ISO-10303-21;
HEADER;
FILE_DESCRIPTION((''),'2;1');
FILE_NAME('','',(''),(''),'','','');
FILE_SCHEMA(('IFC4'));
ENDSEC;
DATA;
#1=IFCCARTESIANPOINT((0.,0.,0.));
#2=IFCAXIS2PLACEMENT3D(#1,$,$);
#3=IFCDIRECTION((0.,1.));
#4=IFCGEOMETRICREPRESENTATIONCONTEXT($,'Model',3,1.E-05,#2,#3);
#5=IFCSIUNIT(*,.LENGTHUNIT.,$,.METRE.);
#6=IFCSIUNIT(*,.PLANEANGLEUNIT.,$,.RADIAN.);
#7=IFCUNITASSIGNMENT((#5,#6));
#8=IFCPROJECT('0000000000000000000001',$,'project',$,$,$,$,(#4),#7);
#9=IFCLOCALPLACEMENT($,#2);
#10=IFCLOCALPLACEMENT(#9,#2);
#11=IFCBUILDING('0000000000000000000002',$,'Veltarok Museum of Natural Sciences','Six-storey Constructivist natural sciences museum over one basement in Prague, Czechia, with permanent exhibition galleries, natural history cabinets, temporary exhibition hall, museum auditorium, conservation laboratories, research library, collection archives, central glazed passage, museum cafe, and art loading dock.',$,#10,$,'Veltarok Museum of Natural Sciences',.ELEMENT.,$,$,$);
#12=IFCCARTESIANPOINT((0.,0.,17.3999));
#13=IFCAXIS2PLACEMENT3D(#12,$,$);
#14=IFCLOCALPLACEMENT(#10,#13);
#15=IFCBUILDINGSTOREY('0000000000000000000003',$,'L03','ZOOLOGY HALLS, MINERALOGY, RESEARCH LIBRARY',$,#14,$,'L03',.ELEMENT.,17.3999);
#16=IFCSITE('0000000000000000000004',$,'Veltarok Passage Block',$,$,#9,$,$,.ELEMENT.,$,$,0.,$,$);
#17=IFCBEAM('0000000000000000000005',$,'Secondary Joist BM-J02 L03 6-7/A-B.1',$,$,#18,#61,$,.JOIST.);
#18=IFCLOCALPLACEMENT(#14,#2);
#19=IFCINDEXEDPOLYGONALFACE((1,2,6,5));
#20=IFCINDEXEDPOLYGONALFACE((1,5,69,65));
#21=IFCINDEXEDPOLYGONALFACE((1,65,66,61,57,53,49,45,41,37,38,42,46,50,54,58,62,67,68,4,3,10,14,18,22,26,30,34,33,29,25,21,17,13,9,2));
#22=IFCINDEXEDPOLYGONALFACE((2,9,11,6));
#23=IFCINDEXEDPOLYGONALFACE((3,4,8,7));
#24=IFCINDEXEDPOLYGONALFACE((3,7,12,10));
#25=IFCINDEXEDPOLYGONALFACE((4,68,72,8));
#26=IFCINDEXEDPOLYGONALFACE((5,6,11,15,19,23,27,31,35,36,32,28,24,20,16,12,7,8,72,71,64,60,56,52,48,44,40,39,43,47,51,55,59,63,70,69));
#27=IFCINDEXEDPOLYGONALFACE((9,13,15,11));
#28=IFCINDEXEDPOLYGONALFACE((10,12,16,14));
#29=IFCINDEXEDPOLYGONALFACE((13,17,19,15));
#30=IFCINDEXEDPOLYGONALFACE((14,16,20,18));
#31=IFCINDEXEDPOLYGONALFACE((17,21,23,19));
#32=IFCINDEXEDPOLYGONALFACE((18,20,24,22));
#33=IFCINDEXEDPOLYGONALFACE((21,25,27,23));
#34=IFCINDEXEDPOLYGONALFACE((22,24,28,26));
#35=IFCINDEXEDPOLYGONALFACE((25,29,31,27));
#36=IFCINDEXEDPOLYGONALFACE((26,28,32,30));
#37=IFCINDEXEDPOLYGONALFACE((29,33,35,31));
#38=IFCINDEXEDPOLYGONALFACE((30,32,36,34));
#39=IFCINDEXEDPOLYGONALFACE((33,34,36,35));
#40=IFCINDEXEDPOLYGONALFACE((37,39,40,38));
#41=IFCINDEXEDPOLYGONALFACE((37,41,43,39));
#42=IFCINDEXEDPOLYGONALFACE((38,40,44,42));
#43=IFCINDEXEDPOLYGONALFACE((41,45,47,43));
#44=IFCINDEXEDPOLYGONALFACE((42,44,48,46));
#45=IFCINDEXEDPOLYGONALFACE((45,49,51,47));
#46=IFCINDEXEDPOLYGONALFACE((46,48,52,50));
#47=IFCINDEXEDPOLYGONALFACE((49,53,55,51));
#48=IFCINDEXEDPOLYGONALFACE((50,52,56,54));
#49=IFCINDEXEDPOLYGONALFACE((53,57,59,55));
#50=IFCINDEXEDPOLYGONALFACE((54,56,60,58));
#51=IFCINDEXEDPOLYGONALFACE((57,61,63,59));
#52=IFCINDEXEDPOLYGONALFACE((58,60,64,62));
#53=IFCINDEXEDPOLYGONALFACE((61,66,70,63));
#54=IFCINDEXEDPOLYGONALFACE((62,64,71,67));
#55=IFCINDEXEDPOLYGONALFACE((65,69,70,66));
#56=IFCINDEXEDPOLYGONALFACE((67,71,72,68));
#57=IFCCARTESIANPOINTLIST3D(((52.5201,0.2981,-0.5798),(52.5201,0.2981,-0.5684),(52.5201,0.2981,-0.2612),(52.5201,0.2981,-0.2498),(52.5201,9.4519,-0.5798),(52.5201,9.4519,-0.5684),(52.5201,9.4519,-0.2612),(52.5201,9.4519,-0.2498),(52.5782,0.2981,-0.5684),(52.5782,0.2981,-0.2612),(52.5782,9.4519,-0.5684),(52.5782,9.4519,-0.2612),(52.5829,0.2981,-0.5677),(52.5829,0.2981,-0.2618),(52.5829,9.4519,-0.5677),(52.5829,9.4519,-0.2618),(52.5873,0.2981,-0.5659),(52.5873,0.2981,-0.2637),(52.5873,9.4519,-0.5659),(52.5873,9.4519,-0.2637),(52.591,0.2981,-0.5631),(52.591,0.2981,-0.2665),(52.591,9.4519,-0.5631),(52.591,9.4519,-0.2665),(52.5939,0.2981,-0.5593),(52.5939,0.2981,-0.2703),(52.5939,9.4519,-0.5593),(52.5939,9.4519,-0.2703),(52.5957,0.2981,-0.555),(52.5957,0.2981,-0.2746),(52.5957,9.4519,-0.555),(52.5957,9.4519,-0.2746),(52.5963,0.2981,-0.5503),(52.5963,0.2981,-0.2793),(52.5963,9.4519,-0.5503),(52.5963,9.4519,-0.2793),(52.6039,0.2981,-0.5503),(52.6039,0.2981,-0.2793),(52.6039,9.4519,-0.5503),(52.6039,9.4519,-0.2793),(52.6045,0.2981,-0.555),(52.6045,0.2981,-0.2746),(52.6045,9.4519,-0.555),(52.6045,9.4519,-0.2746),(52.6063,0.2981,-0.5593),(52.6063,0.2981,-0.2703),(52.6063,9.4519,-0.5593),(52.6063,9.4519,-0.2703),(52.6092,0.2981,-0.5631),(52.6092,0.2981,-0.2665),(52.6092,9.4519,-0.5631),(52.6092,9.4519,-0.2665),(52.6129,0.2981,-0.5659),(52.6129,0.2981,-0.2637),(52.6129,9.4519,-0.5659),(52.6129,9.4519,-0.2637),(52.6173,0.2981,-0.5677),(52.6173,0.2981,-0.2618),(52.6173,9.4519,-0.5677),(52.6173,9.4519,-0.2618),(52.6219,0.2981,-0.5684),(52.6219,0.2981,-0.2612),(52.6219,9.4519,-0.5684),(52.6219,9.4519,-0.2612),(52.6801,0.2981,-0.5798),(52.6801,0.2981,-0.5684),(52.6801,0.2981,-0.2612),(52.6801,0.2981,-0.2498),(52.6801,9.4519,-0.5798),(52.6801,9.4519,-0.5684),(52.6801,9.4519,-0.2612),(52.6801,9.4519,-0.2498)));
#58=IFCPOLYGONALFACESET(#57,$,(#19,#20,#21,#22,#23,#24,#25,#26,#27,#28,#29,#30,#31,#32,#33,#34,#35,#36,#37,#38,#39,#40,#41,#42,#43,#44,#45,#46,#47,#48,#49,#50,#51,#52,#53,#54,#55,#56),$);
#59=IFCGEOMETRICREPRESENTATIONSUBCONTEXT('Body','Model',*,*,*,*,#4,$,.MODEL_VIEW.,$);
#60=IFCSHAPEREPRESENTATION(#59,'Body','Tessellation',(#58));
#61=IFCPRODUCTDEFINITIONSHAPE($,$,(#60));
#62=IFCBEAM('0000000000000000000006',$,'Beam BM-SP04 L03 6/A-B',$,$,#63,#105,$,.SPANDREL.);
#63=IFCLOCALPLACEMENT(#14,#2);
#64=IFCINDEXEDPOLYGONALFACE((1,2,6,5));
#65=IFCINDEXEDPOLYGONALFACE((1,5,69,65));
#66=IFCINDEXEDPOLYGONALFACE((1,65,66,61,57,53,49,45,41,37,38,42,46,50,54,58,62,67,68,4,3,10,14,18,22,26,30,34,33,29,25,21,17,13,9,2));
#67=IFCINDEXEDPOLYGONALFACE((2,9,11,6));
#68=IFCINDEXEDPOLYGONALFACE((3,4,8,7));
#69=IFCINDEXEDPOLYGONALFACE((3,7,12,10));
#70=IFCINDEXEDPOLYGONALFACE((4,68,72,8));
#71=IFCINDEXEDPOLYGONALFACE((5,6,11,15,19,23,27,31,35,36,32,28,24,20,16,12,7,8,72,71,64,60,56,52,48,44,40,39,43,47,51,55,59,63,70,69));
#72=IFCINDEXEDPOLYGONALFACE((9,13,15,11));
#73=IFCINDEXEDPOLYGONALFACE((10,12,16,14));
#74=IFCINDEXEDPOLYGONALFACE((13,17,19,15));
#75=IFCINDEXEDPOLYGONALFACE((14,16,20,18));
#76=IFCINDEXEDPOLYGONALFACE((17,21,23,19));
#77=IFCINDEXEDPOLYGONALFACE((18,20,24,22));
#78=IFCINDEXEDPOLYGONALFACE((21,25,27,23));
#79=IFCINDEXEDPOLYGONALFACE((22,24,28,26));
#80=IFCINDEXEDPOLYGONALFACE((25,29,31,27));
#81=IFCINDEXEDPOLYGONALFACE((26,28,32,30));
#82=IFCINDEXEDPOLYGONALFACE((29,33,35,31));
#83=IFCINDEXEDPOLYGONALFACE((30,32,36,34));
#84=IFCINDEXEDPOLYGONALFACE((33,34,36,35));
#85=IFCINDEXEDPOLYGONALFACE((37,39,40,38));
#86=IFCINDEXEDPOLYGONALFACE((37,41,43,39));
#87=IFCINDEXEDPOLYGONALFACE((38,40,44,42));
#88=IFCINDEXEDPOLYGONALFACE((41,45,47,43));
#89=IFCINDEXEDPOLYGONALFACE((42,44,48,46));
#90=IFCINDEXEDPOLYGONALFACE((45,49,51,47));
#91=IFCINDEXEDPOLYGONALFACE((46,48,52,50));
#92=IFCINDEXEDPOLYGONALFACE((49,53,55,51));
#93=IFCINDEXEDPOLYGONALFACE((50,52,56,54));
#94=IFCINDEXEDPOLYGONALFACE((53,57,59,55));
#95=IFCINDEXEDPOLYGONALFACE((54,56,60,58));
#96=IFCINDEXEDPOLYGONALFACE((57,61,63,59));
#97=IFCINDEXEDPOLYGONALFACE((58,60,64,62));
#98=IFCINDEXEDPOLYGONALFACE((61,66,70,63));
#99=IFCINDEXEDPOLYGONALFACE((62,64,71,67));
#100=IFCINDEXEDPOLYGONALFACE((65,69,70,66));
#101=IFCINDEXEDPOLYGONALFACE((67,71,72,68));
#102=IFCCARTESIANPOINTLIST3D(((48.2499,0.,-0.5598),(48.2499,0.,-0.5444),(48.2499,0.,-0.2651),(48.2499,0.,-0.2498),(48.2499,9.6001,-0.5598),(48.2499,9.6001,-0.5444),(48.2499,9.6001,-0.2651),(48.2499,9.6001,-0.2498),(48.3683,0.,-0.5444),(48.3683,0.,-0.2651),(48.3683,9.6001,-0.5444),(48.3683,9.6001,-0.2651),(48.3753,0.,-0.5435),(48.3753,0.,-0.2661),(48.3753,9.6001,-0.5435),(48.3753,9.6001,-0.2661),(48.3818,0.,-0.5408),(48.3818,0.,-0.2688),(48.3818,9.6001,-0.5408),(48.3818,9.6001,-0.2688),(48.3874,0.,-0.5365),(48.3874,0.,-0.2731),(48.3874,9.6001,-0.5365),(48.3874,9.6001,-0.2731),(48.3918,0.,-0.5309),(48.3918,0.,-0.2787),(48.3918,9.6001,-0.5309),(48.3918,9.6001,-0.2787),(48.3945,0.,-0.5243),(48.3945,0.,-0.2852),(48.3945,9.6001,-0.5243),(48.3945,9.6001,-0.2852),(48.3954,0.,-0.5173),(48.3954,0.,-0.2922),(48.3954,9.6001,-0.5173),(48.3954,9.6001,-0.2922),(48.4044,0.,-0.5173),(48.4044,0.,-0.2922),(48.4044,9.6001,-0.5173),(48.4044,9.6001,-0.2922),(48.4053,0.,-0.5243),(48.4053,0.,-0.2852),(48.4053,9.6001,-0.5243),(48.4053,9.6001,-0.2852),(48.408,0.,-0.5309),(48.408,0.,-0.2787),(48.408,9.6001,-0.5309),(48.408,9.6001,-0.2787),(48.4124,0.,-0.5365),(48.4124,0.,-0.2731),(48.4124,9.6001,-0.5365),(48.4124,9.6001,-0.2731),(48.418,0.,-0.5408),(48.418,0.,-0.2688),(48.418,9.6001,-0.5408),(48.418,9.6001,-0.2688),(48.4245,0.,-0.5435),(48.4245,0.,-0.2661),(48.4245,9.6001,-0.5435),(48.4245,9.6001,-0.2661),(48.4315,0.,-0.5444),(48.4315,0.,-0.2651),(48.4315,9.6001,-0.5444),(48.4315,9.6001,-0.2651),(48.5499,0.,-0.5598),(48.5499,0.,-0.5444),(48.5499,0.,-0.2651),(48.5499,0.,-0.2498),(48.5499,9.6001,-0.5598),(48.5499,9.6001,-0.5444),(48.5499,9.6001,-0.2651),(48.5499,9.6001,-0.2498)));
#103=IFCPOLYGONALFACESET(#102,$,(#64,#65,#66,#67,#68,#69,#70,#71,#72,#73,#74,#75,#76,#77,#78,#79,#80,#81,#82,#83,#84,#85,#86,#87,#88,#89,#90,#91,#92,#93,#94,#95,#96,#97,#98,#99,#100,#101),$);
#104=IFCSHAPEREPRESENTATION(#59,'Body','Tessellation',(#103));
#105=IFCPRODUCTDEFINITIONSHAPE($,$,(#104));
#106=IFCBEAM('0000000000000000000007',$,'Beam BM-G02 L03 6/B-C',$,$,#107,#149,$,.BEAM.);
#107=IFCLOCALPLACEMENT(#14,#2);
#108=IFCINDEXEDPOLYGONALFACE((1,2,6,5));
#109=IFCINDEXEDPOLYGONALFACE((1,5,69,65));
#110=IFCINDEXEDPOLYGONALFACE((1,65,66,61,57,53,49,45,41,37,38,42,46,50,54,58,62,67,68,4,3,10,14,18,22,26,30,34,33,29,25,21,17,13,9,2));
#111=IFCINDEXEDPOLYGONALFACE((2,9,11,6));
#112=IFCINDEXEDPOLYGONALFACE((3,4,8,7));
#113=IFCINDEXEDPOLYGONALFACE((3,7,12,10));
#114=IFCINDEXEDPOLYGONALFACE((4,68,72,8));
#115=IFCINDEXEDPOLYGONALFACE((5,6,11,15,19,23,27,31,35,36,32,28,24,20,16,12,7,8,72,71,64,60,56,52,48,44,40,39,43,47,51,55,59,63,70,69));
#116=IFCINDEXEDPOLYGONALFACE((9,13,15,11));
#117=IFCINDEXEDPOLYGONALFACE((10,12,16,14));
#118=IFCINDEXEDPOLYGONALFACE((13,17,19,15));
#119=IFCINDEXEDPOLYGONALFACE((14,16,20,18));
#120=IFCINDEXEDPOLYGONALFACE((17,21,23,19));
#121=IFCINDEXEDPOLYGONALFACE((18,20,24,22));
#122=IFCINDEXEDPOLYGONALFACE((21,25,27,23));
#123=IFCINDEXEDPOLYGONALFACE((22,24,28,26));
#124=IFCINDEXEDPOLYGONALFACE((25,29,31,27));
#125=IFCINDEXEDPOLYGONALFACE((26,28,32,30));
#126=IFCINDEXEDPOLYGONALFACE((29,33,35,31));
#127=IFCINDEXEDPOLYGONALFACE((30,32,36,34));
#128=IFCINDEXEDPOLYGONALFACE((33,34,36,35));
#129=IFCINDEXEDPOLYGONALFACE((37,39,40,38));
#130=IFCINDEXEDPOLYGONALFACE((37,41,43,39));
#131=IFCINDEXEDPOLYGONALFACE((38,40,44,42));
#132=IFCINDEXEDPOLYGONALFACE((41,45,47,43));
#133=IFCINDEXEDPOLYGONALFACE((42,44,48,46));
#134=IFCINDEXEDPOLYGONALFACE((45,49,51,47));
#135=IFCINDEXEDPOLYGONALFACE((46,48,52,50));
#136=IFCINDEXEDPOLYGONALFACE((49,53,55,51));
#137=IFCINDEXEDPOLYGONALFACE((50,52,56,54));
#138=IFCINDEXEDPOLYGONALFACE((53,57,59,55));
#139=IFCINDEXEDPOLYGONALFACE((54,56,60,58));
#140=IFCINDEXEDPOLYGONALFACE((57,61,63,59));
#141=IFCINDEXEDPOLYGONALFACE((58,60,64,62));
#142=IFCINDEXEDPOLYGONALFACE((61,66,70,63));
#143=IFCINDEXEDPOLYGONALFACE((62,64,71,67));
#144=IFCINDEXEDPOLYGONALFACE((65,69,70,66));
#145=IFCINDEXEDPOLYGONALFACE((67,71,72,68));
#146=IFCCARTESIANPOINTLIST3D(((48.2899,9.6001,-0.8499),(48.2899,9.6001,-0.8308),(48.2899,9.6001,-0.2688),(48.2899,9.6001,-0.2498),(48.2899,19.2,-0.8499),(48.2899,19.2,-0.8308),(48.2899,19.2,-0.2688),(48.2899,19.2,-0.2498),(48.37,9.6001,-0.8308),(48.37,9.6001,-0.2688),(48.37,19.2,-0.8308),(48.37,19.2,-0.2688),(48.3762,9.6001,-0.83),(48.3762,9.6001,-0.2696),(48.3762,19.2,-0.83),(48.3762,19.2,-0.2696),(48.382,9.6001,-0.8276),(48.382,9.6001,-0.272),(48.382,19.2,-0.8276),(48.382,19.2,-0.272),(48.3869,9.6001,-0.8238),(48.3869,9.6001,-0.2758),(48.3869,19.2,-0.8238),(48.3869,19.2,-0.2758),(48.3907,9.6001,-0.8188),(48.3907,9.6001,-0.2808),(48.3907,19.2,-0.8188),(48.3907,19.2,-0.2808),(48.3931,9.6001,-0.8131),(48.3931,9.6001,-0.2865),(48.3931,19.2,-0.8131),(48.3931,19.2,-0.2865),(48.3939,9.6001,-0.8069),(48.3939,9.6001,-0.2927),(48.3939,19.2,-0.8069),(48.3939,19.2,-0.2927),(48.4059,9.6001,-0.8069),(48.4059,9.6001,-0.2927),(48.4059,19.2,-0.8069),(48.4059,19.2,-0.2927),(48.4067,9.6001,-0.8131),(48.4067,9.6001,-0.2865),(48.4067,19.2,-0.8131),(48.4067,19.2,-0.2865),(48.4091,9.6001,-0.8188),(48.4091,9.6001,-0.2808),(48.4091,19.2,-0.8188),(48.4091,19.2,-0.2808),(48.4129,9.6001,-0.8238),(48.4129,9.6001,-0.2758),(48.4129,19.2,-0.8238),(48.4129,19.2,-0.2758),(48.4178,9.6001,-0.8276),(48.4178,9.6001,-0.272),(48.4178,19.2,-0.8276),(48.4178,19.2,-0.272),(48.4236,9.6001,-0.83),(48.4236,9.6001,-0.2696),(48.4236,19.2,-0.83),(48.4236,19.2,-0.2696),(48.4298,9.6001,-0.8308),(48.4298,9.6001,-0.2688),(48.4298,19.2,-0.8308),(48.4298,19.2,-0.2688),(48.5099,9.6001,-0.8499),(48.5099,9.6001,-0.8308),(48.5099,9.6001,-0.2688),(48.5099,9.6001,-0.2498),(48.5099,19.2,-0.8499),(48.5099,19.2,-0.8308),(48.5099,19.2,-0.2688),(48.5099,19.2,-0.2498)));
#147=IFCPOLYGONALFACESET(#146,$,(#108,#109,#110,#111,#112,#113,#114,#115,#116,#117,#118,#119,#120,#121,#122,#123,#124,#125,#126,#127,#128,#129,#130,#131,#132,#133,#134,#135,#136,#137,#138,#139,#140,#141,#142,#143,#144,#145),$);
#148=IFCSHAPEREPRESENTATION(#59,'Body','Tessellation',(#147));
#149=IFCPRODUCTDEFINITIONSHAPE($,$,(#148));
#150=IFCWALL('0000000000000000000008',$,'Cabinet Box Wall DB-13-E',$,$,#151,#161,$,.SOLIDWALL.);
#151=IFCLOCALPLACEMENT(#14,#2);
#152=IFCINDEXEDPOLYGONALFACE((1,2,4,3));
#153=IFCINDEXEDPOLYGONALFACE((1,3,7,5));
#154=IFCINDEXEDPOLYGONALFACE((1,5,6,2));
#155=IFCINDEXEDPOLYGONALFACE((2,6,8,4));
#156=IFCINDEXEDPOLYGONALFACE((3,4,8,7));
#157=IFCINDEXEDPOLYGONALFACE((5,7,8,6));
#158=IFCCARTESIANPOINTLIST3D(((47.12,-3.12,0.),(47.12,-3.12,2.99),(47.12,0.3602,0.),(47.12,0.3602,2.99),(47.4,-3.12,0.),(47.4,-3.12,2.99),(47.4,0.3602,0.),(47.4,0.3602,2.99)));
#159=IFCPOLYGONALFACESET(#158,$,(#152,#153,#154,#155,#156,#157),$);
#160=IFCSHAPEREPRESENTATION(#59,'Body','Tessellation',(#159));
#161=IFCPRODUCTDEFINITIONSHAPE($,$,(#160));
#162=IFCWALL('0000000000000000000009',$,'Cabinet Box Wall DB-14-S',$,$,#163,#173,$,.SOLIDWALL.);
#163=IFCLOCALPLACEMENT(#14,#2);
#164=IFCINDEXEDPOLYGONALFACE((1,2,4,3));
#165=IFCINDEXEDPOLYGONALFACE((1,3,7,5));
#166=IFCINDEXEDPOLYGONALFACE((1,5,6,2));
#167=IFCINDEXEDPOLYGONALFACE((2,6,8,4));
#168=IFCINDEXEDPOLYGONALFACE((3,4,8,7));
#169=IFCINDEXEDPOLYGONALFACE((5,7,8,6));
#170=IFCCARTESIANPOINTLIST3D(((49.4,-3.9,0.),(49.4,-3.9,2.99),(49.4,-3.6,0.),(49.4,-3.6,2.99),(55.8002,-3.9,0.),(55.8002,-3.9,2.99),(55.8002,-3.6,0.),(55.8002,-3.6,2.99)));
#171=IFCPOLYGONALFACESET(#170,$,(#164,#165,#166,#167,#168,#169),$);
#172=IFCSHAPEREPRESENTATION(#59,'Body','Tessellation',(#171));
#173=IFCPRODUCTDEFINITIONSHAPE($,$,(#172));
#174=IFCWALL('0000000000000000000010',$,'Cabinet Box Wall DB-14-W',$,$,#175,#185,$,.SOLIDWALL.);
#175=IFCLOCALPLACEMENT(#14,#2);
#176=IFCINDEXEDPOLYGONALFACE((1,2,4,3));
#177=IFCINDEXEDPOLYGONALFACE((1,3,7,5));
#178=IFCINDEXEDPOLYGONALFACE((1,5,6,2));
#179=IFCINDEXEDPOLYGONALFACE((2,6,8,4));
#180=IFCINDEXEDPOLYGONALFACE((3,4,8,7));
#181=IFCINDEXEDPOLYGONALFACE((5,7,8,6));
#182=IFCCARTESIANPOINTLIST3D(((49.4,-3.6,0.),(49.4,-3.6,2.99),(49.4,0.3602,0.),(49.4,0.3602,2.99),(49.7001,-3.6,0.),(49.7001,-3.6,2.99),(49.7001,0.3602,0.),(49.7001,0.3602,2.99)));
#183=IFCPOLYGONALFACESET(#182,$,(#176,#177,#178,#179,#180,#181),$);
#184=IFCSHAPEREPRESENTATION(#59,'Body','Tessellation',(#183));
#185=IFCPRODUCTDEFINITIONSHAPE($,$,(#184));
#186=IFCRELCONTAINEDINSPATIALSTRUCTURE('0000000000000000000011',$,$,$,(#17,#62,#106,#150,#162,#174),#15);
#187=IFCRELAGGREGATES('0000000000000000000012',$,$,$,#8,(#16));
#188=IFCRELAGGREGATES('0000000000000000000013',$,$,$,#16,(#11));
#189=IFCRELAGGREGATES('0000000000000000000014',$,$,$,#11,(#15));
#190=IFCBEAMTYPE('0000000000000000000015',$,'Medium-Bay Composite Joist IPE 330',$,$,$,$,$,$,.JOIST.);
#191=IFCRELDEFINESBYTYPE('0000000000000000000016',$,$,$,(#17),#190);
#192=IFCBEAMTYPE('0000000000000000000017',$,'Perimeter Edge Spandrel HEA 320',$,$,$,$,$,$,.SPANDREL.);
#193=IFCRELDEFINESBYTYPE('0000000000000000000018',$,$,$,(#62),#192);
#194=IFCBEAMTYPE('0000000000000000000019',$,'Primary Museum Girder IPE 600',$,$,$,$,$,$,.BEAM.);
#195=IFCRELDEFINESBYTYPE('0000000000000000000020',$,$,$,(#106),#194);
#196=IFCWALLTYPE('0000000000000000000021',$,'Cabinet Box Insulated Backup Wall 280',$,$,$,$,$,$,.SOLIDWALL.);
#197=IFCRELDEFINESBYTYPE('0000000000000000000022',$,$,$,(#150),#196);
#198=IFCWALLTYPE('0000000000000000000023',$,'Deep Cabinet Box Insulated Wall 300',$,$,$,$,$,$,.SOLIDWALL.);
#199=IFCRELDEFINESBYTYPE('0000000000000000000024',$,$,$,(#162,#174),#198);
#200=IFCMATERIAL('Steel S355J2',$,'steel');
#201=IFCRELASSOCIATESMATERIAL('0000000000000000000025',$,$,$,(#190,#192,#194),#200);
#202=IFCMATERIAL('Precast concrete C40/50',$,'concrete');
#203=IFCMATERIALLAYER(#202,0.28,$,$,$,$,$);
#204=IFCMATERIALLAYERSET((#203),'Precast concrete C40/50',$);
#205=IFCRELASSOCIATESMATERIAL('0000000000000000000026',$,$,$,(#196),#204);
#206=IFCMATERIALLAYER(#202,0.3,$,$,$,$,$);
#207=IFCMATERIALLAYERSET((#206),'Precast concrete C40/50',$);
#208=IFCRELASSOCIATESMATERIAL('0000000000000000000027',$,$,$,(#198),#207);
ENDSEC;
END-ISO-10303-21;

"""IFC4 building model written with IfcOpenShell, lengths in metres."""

from ifc_helpers import new_model, si_unit, direction, frame, frame_2d, origin, origin_2d, place, context, subcontext, project, spatial, rectangle, i_section, extrude, material, layer, layer_set, material_profile, profile_set, type_object, element, save


model = new_model("IFC4")

# Units and contexts
model_context = context("Model", 3, precision=1e-05, world=origin(), true_north=direction((0.0, 1.0)))
body_context = subcontext(model_context, "Body", "Model", "MODEL_VIEW")
ifc_project = project(units=[si_unit("LENGTHUNIT", "METRE"), si_unit("PLANEANGLEUNIT", "RADIAN")], contexts=[model_context])

# Site, building, storey
site_placement = place(None, origin())
site = spatial("IfcSite", under=ifc_project, at=site_placement, Name="Veltarok Passage Block", CompositionType="ELEMENT", RefElevation=0.0)
building_placement = place(site_placement, origin())
building = spatial("IfcBuilding", under=site, at=building_placement, Name="Veltarok Museum of Natural Sciences", Description="Six-storey Constructivist natural sciences museum over one basement in Prague, Czechia, with permanent exhibition galleries, natural history cabinets, temporary exhibition hall, museum auditorium, conservation laboratories, research library, collection archives, central glazed passage, museum cafe, and art loading dock.", LongName="Veltarok Museum of Natural Sciences", CompositionType="ELEMENT")
storey_placement = place(building_placement, frame((0.0, 0.0, 17.3999)))
storey = spatial("IfcBuildingStorey", under=building, at=storey_placement, Name="L03", Description="ZOOLOGY HALLS, MINERALOGY, RESEARCH LIBRARY", LongName="L03", CompositionType="ELEMENT", Elevation=17.3999)

# Shared definitions
ifc_material_1 = material(Name="Steel S355J2", Category="steel")

# Beams
ifc_material_profile_1 = material_profile(ifc_material_1, i_section(OverallWidth=0.1599, OverallDepth=0.3301, WebThickness=0.0076, FlangeThickness=0.0115, FilletRadius=0.0181, at=origin_2d()), Name="IPE 330")
ifc_profile_set_1 = profile_set([ifc_material_profile_1], Name="Steel S355J2")
beam_type_1 = type_object("IfcBeamType", Name="Medium-Bay Composite Joist IPE 330", PredefinedType="JOIST", material=ifc_profile_set_1)
for number, where, z_axis, x_axis, name in (
    (1, (52.6001, 0.2981, -0.4148), (0.0, 1.0, 0.0), (-1.0, 0.0, 0.0), "Secondary Joist BM-J02 L03 6-7/A-B.1"),
):
    element("IfcBeam", number, at=place(storey_placement, frame(where, z_axis=z_axis, x_axis=x_axis)), inside=storey, type_object=beam_type_1, Name=name, PredefinedType="JOIST", context=body_context, shape_type="SweptSolid", body=[
        extrude(i_section(OverallWidth=0.1599, OverallDepth=0.3301, WebThickness=0.0076, FlangeThickness=0.0115, FilletRadius=0.0181, at=origin_2d()), origin(), (0.0, 0.0, 1.0), 9.1538),
    ])
ifc_material_profile_2 = material_profile(ifc_material_1, i_section(OverallWidth=0.3, OverallDepth=0.3101, WebThickness=0.009, FlangeThickness=0.0154, FilletRadius=0.0271, at=origin_2d()), Name="HEA 320")
ifc_profile_set_2 = profile_set([ifc_material_profile_2], Name="Steel S355J2")
beam_type_2 = type_object("IfcBeamType", Name="Perimeter Edge Spandrel HEA 320", PredefinedType="SPANDREL", material=ifc_profile_set_2)
beam_1_placement = place(storey_placement, frame((48.3999, 0.0, -0.4048), z_axis=(0.0, 1.0, 0.0), x_axis=(-1.0, 0.0, 0.0)))
element("IfcBeam", 2, at=beam_1_placement, inside=storey, type_object=beam_type_2, Name="Beam BM-SP04 L03 6/A-B", PredefinedType="SPANDREL", context=body_context, shape_type="SweptSolid", body=[
    extrude(i_section(OverallWidth=0.3, OverallDepth=0.3101, WebThickness=0.009, FlangeThickness=0.0154, FilletRadius=0.0271, at=origin_2d()), origin(), (0.0, 0.0, 1.0), 9.6001),
])
ifc_material_profile_3 = material_profile(ifc_material_1, i_section(OverallWidth=0.22, OverallDepth=0.6001, WebThickness=0.012, FlangeThickness=0.019, FilletRadius=0.0239, at=origin_2d()), Name="IPE 600")
ifc_profile_set_3 = profile_set([ifc_material_profile_3], Name="Steel S355J2")
beam_type_3 = type_object("IfcBeamType", Name="Primary Museum Girder IPE 600", PredefinedType="BEAM", material=ifc_profile_set_3)
beam_2_placement = place(storey_placement, frame((48.3999, 9.6001, -0.5498), z_axis=(0.0, 1.0, 0.0), x_axis=(-1.0, 0.0, 0.0)))
element("IfcBeam", 3, at=beam_2_placement, inside=storey, type_object=beam_type_3, Name="Beam BM-G02 L03 6/B-C", PredefinedType="BEAM", context=body_context, shape_type="SweptSolid", body=[
    extrude(i_section(OverallWidth=0.22, OverallDepth=0.6001, WebThickness=0.012, FlangeThickness=0.019, FilletRadius=0.0239, at=origin_2d()), origin(), (0.0, 0.0, 1.0), 9.5999),
])

# Walls
ifc_material_2 = material(Name="Precast concrete C40/50", Category="concrete")
ifc_layer_1 = layer(ifc_material_2, 0.28)
ifc_layer_set_1 = layer_set([ifc_layer_1], Name="Precast concrete C40/50")
wall_type_1 = type_object("IfcWallType", Name="Cabinet Box Insulated Backup Wall 280", PredefinedType="SOLIDWALL", material=ifc_layer_set_1)
wall_1_placement = place(storey_placement, frame((47.26, -3.1201, 0.0), z_axis=(0.0, 0.0, 1.0), x_axis=(0.0, 1.0, 0.0)))
element("IfcWall", 4, at=wall_1_placement, inside=storey, type_object=wall_type_1, Name="Cabinet Box Wall DB-13-E", PredefinedType="SOLIDWALL", context=body_context, shape_type="SweptSolid", body=[
    extrude(rectangle(XDim=3.4802, YDim=0.28, at=frame_2d((1.7402, 0.0))), origin(), (0.0, 0.0, 1.0), 2.99),
])
ifc_layer_2 = layer(ifc_material_2, 0.3)
ifc_layer_set_2 = layer_set([ifc_layer_2], Name="Precast concrete C40/50")
wall_type_2 = type_object("IfcWallType", Name="Deep Cabinet Box Insulated Wall 300", PredefinedType="SOLIDWALL", material=ifc_layer_set_2)
wall_2_placement = place(storey_placement, frame((49.3999, -3.75, 0.0), z_axis=(0.0, 0.0, 1.0), x_axis=(1.0, 0.0, 0.0)))
element("IfcWall", 5, at=wall_2_placement, inside=storey, type_object=wall_type_2, Name="Cabinet Box Wall DB-14-S", PredefinedType="SOLIDWALL", context=body_context, shape_type="SweptSolid", body=[
    extrude(rectangle(XDim=6.4001, YDim=0.3, at=frame_2d((3.2002, 0.0))), origin(), (0.0, 0.0, 1.0), 2.99),
])
for number, where, z_axis, x_axis, name in (
    (6, (49.55, 0.3601, 0.0), (0.0, 0.0, 1.0), (0.0, -1.0, 0.0), "Cabinet Box Wall DB-14-W"),
):
    element("IfcWall", number, at=place(storey_placement, frame(where, z_axis=z_axis, x_axis=x_axis)), inside=storey, type_object=wall_type_2, Name=name, PredefinedType="SOLIDWALL", context=body_context, shape_type="SweptSolid", body=[
        extrude(rectangle(XDim=3.9602, YDim=0.3, at=frame_2d((1.98, 0.0))), origin(), (0.0, 0.0, 1.0), 2.99),
    ])

save(model, "model.ifc")
